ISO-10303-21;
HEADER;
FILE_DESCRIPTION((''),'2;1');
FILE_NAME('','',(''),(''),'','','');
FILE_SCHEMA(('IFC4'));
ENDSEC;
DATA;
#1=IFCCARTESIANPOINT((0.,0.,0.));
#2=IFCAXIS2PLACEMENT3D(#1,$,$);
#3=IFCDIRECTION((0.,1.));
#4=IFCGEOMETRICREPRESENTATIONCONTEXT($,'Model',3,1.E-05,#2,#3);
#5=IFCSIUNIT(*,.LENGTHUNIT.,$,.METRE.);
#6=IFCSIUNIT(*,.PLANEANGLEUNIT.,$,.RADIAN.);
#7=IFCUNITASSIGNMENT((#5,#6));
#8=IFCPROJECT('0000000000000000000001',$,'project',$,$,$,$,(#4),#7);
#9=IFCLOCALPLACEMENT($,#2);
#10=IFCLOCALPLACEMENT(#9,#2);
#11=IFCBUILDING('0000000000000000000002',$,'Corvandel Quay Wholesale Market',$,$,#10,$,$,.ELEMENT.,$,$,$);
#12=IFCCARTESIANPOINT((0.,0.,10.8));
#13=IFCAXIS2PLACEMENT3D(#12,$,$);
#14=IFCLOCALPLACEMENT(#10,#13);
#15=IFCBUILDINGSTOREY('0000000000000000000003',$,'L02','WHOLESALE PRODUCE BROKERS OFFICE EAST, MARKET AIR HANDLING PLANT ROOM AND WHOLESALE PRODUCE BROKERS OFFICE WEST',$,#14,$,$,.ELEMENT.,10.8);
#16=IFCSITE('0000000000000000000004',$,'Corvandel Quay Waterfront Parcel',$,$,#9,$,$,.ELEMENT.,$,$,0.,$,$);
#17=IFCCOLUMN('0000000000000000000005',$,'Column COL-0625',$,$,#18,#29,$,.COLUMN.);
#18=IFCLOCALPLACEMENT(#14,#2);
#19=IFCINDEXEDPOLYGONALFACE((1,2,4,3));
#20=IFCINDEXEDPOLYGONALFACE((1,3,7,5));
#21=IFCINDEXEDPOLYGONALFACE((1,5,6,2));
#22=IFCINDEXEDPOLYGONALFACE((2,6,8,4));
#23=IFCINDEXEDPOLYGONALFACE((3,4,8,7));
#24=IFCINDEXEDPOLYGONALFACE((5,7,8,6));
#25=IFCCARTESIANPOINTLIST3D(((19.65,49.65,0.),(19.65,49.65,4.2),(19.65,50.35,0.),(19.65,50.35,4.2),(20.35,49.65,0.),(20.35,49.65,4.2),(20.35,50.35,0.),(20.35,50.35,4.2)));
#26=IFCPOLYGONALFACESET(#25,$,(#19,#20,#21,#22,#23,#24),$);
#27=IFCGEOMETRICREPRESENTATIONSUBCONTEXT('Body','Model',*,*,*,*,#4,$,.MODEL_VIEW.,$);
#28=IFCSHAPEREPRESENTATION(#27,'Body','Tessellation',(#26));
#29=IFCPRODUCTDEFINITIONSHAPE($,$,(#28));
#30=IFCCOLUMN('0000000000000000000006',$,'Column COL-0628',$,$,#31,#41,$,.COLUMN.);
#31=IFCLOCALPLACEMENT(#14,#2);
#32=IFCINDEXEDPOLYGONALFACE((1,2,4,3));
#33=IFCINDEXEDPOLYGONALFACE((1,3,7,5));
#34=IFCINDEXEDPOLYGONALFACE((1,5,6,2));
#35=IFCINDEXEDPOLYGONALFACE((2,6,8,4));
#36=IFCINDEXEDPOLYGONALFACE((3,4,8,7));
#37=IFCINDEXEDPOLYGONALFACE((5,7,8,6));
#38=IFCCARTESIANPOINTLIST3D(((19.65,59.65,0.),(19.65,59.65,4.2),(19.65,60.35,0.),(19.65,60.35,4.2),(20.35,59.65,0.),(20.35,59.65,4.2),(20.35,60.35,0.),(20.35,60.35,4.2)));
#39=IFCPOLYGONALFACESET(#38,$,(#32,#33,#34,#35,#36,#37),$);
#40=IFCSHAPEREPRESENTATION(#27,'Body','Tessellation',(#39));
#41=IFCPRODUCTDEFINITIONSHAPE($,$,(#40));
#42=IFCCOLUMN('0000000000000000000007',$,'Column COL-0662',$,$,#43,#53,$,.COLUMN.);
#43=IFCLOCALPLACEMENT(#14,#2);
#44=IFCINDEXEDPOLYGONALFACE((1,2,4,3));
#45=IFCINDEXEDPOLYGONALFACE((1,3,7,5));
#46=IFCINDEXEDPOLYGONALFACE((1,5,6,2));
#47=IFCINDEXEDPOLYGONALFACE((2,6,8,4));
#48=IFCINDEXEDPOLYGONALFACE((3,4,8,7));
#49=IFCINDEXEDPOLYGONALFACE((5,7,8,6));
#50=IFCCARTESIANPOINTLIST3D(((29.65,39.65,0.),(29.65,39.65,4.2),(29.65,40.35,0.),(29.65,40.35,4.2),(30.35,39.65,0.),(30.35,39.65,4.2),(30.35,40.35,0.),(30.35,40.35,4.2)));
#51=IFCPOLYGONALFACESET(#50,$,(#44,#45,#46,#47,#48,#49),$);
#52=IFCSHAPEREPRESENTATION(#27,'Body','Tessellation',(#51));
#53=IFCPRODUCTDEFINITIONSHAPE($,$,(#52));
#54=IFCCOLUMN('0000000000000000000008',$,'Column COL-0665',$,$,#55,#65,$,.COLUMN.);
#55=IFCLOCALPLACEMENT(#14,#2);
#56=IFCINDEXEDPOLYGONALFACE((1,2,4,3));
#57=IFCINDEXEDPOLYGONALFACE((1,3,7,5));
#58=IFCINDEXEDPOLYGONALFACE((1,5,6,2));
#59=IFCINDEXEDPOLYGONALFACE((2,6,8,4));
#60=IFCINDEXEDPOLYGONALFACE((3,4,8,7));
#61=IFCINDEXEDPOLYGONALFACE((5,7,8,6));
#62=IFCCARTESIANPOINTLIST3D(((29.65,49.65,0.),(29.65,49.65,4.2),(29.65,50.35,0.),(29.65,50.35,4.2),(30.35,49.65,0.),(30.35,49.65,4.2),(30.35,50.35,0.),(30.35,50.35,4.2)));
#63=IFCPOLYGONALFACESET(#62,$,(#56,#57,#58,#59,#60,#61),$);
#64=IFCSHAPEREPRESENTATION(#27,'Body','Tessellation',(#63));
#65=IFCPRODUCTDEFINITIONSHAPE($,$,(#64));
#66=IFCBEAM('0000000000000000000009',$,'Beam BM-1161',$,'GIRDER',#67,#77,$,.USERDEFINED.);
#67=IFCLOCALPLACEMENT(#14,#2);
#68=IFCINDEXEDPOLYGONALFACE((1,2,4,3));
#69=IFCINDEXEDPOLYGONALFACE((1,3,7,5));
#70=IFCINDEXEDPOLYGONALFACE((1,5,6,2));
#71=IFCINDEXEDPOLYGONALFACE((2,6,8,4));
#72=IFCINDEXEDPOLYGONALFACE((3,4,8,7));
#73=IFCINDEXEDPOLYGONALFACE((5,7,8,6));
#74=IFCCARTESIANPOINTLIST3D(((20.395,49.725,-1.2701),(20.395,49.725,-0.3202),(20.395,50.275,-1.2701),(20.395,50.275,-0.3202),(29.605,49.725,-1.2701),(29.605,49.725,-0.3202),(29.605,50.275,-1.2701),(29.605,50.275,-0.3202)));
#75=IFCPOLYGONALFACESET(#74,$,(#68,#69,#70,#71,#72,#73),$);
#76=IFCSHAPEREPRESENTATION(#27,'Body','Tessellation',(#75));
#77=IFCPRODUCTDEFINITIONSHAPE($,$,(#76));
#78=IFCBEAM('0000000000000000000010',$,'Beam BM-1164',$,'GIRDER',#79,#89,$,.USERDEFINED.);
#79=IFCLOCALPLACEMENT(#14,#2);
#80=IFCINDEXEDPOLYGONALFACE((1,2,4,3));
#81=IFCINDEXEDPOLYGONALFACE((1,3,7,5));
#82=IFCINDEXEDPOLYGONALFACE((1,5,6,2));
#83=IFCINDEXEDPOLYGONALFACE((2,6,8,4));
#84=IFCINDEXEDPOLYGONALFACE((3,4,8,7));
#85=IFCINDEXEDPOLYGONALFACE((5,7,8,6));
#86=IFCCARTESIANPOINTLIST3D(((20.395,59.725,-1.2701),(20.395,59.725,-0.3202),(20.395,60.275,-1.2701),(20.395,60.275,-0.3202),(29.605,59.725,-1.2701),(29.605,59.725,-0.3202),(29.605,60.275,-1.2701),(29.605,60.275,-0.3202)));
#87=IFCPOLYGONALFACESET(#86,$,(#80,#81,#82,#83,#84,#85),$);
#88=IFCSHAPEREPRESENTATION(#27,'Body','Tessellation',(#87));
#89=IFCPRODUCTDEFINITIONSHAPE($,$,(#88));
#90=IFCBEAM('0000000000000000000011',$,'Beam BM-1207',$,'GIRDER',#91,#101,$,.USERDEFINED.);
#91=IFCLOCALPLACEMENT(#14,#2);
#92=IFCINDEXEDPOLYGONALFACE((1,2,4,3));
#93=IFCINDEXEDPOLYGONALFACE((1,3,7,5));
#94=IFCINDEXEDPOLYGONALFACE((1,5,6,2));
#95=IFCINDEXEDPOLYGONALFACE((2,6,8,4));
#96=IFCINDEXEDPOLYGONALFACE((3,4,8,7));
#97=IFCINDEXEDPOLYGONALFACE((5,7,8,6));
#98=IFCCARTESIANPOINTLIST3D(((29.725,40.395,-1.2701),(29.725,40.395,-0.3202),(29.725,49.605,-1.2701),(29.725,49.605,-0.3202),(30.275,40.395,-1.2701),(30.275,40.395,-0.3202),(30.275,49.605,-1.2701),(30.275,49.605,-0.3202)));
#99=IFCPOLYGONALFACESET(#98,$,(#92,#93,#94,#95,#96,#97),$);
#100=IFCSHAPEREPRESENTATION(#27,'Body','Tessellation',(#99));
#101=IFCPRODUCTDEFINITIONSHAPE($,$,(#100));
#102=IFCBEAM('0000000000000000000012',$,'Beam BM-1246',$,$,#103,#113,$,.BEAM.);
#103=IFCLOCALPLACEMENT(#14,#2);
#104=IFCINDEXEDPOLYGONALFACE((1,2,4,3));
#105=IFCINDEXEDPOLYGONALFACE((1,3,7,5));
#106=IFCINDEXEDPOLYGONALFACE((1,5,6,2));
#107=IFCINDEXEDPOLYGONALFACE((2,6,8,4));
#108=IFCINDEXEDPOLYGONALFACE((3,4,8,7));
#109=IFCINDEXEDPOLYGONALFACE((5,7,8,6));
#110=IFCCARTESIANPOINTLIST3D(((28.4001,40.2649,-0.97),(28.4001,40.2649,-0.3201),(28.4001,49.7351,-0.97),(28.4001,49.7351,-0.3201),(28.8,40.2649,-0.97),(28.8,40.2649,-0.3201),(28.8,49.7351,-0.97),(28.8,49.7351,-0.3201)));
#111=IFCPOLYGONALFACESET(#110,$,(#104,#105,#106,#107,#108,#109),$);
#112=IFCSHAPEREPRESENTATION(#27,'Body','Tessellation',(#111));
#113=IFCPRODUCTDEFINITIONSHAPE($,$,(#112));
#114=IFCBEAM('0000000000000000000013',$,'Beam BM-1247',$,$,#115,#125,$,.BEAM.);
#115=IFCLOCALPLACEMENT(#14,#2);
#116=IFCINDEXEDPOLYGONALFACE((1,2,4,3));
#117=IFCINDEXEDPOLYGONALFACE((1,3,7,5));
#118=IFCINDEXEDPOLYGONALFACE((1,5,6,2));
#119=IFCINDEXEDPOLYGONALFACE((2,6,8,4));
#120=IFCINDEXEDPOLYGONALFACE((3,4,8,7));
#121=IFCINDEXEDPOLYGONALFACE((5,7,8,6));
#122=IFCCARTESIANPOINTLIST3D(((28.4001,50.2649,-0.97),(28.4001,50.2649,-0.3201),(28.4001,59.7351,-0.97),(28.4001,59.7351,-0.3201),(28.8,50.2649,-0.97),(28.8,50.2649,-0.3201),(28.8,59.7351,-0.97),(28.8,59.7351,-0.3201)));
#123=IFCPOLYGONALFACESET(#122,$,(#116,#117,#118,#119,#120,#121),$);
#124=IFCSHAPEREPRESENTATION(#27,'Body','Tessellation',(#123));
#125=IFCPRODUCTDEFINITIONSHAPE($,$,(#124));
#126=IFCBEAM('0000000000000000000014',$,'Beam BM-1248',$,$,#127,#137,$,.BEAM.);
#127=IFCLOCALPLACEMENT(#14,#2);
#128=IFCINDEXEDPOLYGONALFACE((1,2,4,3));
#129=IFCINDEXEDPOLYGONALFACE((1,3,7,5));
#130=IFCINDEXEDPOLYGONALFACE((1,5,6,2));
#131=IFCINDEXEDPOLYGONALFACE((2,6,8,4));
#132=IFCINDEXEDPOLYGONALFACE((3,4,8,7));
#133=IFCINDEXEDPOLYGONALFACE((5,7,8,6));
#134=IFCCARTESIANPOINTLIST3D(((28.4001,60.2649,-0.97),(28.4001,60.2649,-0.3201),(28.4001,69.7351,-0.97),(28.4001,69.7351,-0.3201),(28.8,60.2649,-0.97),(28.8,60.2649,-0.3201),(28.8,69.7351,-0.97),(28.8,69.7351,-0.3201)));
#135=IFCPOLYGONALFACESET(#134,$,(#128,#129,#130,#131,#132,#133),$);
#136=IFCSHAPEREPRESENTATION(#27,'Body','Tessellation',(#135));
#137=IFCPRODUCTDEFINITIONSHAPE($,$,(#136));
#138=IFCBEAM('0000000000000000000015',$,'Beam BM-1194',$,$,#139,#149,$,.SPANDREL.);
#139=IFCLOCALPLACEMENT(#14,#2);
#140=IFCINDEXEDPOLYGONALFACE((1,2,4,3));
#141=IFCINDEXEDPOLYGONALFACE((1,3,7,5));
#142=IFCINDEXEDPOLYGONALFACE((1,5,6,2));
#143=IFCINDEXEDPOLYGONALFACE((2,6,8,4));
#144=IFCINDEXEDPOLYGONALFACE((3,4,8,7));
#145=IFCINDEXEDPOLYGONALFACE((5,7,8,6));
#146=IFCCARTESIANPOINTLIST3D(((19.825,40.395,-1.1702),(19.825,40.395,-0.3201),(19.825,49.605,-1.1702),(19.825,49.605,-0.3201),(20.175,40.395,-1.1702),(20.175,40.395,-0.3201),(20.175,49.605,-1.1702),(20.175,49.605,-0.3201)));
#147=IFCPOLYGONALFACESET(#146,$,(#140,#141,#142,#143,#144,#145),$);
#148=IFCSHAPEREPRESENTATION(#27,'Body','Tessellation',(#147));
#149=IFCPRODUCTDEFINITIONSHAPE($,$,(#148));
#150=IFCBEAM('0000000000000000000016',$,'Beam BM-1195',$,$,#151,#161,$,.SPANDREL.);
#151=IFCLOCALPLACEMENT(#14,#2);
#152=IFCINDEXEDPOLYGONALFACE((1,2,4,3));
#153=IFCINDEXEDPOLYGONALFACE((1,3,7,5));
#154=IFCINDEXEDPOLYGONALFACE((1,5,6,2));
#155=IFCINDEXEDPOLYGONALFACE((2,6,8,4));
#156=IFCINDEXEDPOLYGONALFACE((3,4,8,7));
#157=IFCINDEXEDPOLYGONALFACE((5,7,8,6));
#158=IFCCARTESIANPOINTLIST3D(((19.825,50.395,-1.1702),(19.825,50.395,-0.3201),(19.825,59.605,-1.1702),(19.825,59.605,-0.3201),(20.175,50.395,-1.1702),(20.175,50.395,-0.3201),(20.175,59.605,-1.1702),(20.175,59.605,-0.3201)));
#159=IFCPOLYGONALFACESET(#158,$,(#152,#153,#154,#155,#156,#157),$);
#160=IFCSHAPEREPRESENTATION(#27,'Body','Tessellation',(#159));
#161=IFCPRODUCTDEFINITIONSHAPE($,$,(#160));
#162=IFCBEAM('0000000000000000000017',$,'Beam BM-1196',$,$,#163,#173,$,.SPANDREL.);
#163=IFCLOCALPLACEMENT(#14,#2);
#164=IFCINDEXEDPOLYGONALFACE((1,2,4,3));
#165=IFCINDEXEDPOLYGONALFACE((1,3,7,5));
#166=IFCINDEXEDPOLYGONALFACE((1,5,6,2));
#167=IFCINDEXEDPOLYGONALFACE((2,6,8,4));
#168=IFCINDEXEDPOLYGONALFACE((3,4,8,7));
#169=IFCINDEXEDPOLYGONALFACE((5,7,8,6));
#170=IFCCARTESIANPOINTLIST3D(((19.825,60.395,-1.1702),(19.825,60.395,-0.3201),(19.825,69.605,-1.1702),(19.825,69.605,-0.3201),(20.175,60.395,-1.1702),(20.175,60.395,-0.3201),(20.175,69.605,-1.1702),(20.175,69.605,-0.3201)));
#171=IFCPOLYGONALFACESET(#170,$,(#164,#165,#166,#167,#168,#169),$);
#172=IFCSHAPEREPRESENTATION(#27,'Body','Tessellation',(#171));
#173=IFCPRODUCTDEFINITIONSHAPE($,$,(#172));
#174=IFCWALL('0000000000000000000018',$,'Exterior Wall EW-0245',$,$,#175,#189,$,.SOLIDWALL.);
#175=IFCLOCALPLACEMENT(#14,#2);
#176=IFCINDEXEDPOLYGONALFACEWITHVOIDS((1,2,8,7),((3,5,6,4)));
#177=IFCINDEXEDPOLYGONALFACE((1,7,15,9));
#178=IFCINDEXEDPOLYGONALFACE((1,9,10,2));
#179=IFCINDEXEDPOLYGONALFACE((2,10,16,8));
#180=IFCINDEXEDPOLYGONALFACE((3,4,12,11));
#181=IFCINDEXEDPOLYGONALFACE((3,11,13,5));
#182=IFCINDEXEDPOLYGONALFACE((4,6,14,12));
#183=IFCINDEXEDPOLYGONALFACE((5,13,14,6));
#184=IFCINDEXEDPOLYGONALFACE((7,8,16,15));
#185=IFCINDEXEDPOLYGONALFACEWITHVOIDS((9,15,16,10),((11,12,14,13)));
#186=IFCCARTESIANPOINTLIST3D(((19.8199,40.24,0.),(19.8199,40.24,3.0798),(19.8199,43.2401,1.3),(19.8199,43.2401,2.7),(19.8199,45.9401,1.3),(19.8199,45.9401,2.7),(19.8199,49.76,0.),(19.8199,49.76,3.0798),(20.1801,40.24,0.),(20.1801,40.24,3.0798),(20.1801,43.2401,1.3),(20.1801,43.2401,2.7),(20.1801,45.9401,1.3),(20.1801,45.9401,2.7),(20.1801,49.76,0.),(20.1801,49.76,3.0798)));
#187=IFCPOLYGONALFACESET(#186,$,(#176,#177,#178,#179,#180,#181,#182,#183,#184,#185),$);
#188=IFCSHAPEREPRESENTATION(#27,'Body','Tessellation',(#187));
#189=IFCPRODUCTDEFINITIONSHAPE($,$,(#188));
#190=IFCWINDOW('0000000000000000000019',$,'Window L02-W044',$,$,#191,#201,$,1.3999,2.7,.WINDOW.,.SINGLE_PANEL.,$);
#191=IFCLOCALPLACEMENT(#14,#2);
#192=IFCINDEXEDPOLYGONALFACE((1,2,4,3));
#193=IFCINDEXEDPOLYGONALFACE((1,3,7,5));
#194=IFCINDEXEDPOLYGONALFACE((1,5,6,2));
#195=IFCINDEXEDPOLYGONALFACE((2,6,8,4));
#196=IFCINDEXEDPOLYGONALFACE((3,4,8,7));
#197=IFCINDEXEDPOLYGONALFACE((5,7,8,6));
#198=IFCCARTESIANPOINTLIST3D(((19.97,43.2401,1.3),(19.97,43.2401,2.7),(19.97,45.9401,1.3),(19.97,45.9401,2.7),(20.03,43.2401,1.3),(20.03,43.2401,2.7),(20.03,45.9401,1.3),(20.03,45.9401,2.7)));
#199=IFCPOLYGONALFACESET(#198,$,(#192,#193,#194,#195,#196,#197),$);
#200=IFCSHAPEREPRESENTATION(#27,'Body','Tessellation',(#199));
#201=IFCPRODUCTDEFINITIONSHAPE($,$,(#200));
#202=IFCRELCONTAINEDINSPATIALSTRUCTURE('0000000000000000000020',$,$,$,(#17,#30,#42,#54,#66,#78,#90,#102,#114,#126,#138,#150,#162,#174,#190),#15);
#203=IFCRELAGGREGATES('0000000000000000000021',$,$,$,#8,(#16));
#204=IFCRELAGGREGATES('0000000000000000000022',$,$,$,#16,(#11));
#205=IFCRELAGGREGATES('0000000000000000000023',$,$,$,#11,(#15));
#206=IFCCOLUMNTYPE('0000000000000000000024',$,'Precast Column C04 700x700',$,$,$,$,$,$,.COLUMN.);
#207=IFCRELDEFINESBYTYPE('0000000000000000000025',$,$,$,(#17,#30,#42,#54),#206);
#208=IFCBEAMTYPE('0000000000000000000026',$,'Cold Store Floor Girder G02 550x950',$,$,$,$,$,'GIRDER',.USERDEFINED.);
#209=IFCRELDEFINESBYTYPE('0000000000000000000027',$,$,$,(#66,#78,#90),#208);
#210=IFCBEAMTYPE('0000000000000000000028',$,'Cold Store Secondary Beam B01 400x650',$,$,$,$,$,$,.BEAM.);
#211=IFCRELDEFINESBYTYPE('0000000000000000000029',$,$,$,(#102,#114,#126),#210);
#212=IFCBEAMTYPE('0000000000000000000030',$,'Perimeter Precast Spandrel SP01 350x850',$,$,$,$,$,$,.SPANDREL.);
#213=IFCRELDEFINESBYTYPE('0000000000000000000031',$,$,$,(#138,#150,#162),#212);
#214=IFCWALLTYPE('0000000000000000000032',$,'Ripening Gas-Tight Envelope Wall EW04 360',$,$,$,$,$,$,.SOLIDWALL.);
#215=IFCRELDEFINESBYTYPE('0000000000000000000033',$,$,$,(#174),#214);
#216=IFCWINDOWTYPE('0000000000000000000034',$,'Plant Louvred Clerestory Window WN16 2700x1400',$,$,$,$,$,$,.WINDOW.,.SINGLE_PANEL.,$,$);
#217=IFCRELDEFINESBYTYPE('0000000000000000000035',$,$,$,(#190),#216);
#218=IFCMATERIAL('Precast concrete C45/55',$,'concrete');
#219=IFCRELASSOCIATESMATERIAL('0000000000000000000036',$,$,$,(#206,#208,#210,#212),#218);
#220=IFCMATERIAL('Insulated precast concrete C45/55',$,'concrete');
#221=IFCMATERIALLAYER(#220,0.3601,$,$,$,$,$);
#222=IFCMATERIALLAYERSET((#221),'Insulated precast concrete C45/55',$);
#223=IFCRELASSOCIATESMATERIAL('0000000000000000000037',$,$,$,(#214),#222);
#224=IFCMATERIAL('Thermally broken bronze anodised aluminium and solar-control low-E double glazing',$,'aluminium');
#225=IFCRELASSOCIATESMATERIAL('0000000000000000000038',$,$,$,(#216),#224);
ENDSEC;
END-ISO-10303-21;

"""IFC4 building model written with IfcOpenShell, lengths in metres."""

from ifc_helpers import new_model, si_unit, direction, frame, frame_2d, origin, origin_2d, place, context, subcontext, project, spatial, rectangle, extrude, material, layer, layer_set, material_profile, profile_set, type_object, element, fill, save


model = new_model("IFC4")

# Units and contexts
model_context = context("Model", 3, precision=1e-05, world=origin(), true_north=direction((0.0, 1.0)))
body_context = subcontext(model_context, "Body", "Model", "MODEL_VIEW")
ifc_project = project(units=[si_unit("LENGTHUNIT", "METRE"), si_unit("PLANEANGLEUNIT", "RADIAN")], contexts=[model_context])

# Site, building, storey
site_placement = place(None, origin())
site = spatial("IfcSite", under=ifc_project, at=site_placement, Name="Corvandel Quay Waterfront Parcel", CompositionType="ELEMENT", RefElevation=0.0)
building_placement = place(site_placement, origin())
building = spatial("IfcBuilding", under=site, at=building_placement, Name="Corvandel Quay Wholesale Market", CompositionType="ELEMENT")
storey_placement = place(building_placement, frame((0.0, 0.0, 10.8)))
storey = spatial("IfcBuildingStorey", under=building, at=storey_placement, Name="L02", Description="WHOLESALE PRODUCE BROKERS OFFICE EAST, MARKET AIR HANDLING PLANT ROOM AND WHOLESALE PRODUCE BROKERS OFFICE WEST", CompositionType="ELEMENT", Elevation=10.8)

# Columns
ifc_material_1 = material(Name="Precast concrete C45/55", Category="concrete")
ifc_material_profile_1 = material_profile(ifc_material_1, rectangle(XDim=0.7, YDim=0.7, at=origin_2d()), Name="PC-COL-700x700")
ifc_profile_set_1 = profile_set([ifc_material_profile_1], Name="Precast concrete C45/55")
column_type = type_object("IfcColumnType", Name="Precast Column C04 700x700", PredefinedType="COLUMN", material=ifc_profile_set_1)
for number, where, z_axis, x_axis, name in (
    (1, (20.0, 50.0, 0.0), (0.0, 0.0, 1.0), (1.0, 0.0, 0.0), "Column COL-0625"),
    (2, (20.0, 60.0, 0.0), (0.0, 0.0, 1.0), (1.0, 0.0, 0.0), "Column COL-0628"),
    (3, (30.0, 40.0, 0.0), (0.0, 0.0, 1.0), (1.0, 0.0, 0.0), "Column COL-0662"),
    (4, (30.0, 50.0, 0.0), (0.0, 0.0, 1.0), (1.0, 0.0, 0.0), "Column COL-0665"),
):
    element("IfcColumn", number, at=place(storey_placement, frame(where, z_axis=z_axis, x_axis=x_axis)), inside=storey, type_object=column_type, Name=name, PredefinedType="COLUMN", context=body_context, shape_type="SweptSolid", body=[
        extrude(rectangle(XDim=0.7, YDim=0.7, at=origin_2d()), origin(), (0.0, 0.0, 1.0), 4.2),
    ])

# Beams
ifc_material_profile_2 = material_profile(ifc_material_1, rectangle(XDim=0.55, YDim=0.95, at=origin_2d()), Name="PC-GIR-550x950")
ifc_profile_set_2 = profile_set([ifc_material_profile_2], Name="Precast concrete C45/55")
beam_type_1 = type_object("IfcBeamType", Name="Cold Store Floor Girder G02 550x950", ElementType="GIRDER", PredefinedType="USERDEFINED", material=ifc_profile_set_2)
for number, where, z_axis, x_axis, name in (
    (5, (20.395, 50.0, -0.7952), (1.0, 0.0, 0.0), (0.0, 1.0, 0.0), "Beam BM-1161"),
    (6, (20.395, 60.0, -0.7952), (1.0, 0.0, 0.0), (0.0, 1.0, 0.0), "Beam BM-1164"),
    (7, (30.0, 40.395, -0.7952), (0.0, 1.0, 0.0), (-1.0, 0.0, 0.0), "Beam BM-1207"),
):
    element("IfcBeam", number, at=place(storey_placement, frame(where, z_axis=z_axis, x_axis=x_axis)), inside=storey, type_object=beam_type_1, Name=name, ObjectType="GIRDER", PredefinedType="USERDEFINED", context=body_context, shape_type="SweptSolid", body=[
        extrude(rectangle(XDim=0.55, YDim=0.95, at=origin_2d()), origin(), (0.0, 0.0, 1.0), 9.21),
    ])
ifc_material_profile_3 = material_profile(ifc_material_1, rectangle(XDim=0.3999, YDim=0.6499, at=origin_2d()), Name="PC-BM-400x650")
ifc_profile_set_3 = profile_set([ifc_material_profile_3], Name="Precast concrete C45/55")
beam_type_2 = type_object("IfcBeamType", Name="Cold Store Secondary Beam B01 400x650", PredefinedType="BEAM", material=ifc_profile_set_3)
for number, where, z_axis, x_axis, name in (
    (8, (28.6001, 40.2649, -0.645), (0.0, 1.0, 0.0), (-1.0, 0.0, 0.0), "Beam BM-1246"),
    (9, (28.6001, 50.2649, -0.645), (0.0, 1.0, 0.0), (-1.0, 0.0, 0.0), "Beam BM-1247"),
    (10, (28.6001, 60.2649, -0.645), (0.0, 1.0, 0.0), (-1.0, 0.0, 0.0), "Beam BM-1248"),
):
    element("IfcBeam", number, at=place(storey_placement, frame(where, z_axis=z_axis, x_axis=x_axis)), inside=storey, type_object=beam_type_2, Name=name, PredefinedType="BEAM", context=body_context, shape_type="SweptSolid", body=[
        extrude(rectangle(XDim=0.3999, YDim=0.6499, at=origin_2d()), origin(), (0.0, 0.0, 1.0), 9.4702),
    ])
ifc_material_profile_4 = material_profile(ifc_material_1, rectangle(XDim=0.3501, YDim=0.8501, at=origin_2d()), Name="PC-SPN-350x850")
ifc_profile_set_4 = profile_set([ifc_material_profile_4], Name="Precast concrete C45/55")
beam_type_3 = type_object("IfcBeamType", Name="Perimeter Precast Spandrel SP01 350x850", PredefinedType="SPANDREL", material=ifc_profile_set_4)
for number, where, z_axis, x_axis, name in (
    (11, (20.0, 40.395, -0.7451), (0.0, 1.0, 0.0), (-1.0, 0.0, 0.0), "Beam BM-1194"),
    (12, (20.0, 50.395, -0.7451), (0.0, 1.0, 0.0), (-1.0, 0.0, 0.0), "Beam BM-1195"),
    (13, (20.0, 60.395, -0.7451), (0.0, 1.0, 0.0), (-1.0, 0.0, 0.0), "Beam BM-1196"),
):
    element("IfcBeam", number, at=place(storey_placement, frame(where, z_axis=z_axis, x_axis=x_axis)), inside=storey, type_object=beam_type_3, Name=name, PredefinedType="SPANDREL", context=body_context, shape_type="SweptSolid", body=[
        extrude(rectangle(XDim=0.3501, YDim=0.8501, at=origin_2d()), origin(), (0.0, 0.0, 1.0), 9.21),
    ])

# Wall, opening, window
ifc_material_2 = material(Name="Insulated precast concrete C45/55", Category="concrete")
ifc_layer = layer(ifc_material_2, 0.3601)
ifc_layer_set = layer_set([ifc_layer], Name="Insulated precast concrete C45/55")
wall_type = type_object("IfcWallType", Name="Ripening Gas-Tight Envelope Wall EW04 360", PredefinedType="SOLIDWALL", material=ifc_layer_set)
wall_1_placement = place(storey_placement, frame((20.0, 40.24, 0.0), z_axis=(0.0, 0.0, 1.0), x_axis=(0.0, 1.0, 0.0)))
wall_1 = element("IfcWall", 14, at=wall_1_placement, inside=storey, type_object=wall_type, Name="Exterior Wall EW-0245", PredefinedType="SOLIDWALL", context=body_context, shape_type="SweptSolid", body=[
    extrude(rectangle(XDim=9.52, YDim=0.3601, at=frame_2d((4.76, 0.0))), origin(), (0.0, 0.0, 1.0), 3.0798),
])
opening_1_placement = place(wall_1_placement, frame((3.0, 0.0, 1.3)))
opening_1 = element("IfcOpeningElement", 15, at=opening_1_placement, cuts=wall_1, PredefinedType="OPENING", context=body_context, shape_type="SweptSolid", body=[
    extrude(rectangle(XDim=2.7, YDim=1.3999, at=frame_2d((1.3501, 0.7))), frame((0.0, 0.1899, 0.0), z_axis=(0.0, -1.0, 0.0), x_axis=(1.0, 0.0, 0.0)), (0.0, 0.0, 1.0), 0.3801),
])
ifc_material_3 = material(Name="Thermally broken bronze anodised aluminium and solar-control low-E double glazing", Category="aluminium")
window_type = type_object("IfcWindowType", Name="Plant Louvred Clerestory Window WN16 2700x1400", PartitioningType="SINGLE_PANEL", PredefinedType="WINDOW", material=ifc_material_3)
window_1_placement = place(opening_1_placement, origin())
window_1 = element("IfcWindow", 16, at=window_1_placement, inside=storey, type_object=window_type, Name="Window L02-W044", OverallHeight=1.3999, OverallWidth=2.7, PartitioningType="SINGLE_PANEL", PredefinedType="WINDOW", context=body_context, shape_type="SweptSolid", body=[
    extrude(rectangle(XDim=2.7, YDim=1.3999, at=frame_2d((1.3501, 0.7))), frame((0.0, 0.03, 0.0), z_axis=(0.0, -1.0, 0.0), x_axis=(1.0, 0.0, 0.0)), (0.0, 0.0, 1.0), 0.0601),
])
fill(opening_1, window_1)

save(model, "model.ifc")
